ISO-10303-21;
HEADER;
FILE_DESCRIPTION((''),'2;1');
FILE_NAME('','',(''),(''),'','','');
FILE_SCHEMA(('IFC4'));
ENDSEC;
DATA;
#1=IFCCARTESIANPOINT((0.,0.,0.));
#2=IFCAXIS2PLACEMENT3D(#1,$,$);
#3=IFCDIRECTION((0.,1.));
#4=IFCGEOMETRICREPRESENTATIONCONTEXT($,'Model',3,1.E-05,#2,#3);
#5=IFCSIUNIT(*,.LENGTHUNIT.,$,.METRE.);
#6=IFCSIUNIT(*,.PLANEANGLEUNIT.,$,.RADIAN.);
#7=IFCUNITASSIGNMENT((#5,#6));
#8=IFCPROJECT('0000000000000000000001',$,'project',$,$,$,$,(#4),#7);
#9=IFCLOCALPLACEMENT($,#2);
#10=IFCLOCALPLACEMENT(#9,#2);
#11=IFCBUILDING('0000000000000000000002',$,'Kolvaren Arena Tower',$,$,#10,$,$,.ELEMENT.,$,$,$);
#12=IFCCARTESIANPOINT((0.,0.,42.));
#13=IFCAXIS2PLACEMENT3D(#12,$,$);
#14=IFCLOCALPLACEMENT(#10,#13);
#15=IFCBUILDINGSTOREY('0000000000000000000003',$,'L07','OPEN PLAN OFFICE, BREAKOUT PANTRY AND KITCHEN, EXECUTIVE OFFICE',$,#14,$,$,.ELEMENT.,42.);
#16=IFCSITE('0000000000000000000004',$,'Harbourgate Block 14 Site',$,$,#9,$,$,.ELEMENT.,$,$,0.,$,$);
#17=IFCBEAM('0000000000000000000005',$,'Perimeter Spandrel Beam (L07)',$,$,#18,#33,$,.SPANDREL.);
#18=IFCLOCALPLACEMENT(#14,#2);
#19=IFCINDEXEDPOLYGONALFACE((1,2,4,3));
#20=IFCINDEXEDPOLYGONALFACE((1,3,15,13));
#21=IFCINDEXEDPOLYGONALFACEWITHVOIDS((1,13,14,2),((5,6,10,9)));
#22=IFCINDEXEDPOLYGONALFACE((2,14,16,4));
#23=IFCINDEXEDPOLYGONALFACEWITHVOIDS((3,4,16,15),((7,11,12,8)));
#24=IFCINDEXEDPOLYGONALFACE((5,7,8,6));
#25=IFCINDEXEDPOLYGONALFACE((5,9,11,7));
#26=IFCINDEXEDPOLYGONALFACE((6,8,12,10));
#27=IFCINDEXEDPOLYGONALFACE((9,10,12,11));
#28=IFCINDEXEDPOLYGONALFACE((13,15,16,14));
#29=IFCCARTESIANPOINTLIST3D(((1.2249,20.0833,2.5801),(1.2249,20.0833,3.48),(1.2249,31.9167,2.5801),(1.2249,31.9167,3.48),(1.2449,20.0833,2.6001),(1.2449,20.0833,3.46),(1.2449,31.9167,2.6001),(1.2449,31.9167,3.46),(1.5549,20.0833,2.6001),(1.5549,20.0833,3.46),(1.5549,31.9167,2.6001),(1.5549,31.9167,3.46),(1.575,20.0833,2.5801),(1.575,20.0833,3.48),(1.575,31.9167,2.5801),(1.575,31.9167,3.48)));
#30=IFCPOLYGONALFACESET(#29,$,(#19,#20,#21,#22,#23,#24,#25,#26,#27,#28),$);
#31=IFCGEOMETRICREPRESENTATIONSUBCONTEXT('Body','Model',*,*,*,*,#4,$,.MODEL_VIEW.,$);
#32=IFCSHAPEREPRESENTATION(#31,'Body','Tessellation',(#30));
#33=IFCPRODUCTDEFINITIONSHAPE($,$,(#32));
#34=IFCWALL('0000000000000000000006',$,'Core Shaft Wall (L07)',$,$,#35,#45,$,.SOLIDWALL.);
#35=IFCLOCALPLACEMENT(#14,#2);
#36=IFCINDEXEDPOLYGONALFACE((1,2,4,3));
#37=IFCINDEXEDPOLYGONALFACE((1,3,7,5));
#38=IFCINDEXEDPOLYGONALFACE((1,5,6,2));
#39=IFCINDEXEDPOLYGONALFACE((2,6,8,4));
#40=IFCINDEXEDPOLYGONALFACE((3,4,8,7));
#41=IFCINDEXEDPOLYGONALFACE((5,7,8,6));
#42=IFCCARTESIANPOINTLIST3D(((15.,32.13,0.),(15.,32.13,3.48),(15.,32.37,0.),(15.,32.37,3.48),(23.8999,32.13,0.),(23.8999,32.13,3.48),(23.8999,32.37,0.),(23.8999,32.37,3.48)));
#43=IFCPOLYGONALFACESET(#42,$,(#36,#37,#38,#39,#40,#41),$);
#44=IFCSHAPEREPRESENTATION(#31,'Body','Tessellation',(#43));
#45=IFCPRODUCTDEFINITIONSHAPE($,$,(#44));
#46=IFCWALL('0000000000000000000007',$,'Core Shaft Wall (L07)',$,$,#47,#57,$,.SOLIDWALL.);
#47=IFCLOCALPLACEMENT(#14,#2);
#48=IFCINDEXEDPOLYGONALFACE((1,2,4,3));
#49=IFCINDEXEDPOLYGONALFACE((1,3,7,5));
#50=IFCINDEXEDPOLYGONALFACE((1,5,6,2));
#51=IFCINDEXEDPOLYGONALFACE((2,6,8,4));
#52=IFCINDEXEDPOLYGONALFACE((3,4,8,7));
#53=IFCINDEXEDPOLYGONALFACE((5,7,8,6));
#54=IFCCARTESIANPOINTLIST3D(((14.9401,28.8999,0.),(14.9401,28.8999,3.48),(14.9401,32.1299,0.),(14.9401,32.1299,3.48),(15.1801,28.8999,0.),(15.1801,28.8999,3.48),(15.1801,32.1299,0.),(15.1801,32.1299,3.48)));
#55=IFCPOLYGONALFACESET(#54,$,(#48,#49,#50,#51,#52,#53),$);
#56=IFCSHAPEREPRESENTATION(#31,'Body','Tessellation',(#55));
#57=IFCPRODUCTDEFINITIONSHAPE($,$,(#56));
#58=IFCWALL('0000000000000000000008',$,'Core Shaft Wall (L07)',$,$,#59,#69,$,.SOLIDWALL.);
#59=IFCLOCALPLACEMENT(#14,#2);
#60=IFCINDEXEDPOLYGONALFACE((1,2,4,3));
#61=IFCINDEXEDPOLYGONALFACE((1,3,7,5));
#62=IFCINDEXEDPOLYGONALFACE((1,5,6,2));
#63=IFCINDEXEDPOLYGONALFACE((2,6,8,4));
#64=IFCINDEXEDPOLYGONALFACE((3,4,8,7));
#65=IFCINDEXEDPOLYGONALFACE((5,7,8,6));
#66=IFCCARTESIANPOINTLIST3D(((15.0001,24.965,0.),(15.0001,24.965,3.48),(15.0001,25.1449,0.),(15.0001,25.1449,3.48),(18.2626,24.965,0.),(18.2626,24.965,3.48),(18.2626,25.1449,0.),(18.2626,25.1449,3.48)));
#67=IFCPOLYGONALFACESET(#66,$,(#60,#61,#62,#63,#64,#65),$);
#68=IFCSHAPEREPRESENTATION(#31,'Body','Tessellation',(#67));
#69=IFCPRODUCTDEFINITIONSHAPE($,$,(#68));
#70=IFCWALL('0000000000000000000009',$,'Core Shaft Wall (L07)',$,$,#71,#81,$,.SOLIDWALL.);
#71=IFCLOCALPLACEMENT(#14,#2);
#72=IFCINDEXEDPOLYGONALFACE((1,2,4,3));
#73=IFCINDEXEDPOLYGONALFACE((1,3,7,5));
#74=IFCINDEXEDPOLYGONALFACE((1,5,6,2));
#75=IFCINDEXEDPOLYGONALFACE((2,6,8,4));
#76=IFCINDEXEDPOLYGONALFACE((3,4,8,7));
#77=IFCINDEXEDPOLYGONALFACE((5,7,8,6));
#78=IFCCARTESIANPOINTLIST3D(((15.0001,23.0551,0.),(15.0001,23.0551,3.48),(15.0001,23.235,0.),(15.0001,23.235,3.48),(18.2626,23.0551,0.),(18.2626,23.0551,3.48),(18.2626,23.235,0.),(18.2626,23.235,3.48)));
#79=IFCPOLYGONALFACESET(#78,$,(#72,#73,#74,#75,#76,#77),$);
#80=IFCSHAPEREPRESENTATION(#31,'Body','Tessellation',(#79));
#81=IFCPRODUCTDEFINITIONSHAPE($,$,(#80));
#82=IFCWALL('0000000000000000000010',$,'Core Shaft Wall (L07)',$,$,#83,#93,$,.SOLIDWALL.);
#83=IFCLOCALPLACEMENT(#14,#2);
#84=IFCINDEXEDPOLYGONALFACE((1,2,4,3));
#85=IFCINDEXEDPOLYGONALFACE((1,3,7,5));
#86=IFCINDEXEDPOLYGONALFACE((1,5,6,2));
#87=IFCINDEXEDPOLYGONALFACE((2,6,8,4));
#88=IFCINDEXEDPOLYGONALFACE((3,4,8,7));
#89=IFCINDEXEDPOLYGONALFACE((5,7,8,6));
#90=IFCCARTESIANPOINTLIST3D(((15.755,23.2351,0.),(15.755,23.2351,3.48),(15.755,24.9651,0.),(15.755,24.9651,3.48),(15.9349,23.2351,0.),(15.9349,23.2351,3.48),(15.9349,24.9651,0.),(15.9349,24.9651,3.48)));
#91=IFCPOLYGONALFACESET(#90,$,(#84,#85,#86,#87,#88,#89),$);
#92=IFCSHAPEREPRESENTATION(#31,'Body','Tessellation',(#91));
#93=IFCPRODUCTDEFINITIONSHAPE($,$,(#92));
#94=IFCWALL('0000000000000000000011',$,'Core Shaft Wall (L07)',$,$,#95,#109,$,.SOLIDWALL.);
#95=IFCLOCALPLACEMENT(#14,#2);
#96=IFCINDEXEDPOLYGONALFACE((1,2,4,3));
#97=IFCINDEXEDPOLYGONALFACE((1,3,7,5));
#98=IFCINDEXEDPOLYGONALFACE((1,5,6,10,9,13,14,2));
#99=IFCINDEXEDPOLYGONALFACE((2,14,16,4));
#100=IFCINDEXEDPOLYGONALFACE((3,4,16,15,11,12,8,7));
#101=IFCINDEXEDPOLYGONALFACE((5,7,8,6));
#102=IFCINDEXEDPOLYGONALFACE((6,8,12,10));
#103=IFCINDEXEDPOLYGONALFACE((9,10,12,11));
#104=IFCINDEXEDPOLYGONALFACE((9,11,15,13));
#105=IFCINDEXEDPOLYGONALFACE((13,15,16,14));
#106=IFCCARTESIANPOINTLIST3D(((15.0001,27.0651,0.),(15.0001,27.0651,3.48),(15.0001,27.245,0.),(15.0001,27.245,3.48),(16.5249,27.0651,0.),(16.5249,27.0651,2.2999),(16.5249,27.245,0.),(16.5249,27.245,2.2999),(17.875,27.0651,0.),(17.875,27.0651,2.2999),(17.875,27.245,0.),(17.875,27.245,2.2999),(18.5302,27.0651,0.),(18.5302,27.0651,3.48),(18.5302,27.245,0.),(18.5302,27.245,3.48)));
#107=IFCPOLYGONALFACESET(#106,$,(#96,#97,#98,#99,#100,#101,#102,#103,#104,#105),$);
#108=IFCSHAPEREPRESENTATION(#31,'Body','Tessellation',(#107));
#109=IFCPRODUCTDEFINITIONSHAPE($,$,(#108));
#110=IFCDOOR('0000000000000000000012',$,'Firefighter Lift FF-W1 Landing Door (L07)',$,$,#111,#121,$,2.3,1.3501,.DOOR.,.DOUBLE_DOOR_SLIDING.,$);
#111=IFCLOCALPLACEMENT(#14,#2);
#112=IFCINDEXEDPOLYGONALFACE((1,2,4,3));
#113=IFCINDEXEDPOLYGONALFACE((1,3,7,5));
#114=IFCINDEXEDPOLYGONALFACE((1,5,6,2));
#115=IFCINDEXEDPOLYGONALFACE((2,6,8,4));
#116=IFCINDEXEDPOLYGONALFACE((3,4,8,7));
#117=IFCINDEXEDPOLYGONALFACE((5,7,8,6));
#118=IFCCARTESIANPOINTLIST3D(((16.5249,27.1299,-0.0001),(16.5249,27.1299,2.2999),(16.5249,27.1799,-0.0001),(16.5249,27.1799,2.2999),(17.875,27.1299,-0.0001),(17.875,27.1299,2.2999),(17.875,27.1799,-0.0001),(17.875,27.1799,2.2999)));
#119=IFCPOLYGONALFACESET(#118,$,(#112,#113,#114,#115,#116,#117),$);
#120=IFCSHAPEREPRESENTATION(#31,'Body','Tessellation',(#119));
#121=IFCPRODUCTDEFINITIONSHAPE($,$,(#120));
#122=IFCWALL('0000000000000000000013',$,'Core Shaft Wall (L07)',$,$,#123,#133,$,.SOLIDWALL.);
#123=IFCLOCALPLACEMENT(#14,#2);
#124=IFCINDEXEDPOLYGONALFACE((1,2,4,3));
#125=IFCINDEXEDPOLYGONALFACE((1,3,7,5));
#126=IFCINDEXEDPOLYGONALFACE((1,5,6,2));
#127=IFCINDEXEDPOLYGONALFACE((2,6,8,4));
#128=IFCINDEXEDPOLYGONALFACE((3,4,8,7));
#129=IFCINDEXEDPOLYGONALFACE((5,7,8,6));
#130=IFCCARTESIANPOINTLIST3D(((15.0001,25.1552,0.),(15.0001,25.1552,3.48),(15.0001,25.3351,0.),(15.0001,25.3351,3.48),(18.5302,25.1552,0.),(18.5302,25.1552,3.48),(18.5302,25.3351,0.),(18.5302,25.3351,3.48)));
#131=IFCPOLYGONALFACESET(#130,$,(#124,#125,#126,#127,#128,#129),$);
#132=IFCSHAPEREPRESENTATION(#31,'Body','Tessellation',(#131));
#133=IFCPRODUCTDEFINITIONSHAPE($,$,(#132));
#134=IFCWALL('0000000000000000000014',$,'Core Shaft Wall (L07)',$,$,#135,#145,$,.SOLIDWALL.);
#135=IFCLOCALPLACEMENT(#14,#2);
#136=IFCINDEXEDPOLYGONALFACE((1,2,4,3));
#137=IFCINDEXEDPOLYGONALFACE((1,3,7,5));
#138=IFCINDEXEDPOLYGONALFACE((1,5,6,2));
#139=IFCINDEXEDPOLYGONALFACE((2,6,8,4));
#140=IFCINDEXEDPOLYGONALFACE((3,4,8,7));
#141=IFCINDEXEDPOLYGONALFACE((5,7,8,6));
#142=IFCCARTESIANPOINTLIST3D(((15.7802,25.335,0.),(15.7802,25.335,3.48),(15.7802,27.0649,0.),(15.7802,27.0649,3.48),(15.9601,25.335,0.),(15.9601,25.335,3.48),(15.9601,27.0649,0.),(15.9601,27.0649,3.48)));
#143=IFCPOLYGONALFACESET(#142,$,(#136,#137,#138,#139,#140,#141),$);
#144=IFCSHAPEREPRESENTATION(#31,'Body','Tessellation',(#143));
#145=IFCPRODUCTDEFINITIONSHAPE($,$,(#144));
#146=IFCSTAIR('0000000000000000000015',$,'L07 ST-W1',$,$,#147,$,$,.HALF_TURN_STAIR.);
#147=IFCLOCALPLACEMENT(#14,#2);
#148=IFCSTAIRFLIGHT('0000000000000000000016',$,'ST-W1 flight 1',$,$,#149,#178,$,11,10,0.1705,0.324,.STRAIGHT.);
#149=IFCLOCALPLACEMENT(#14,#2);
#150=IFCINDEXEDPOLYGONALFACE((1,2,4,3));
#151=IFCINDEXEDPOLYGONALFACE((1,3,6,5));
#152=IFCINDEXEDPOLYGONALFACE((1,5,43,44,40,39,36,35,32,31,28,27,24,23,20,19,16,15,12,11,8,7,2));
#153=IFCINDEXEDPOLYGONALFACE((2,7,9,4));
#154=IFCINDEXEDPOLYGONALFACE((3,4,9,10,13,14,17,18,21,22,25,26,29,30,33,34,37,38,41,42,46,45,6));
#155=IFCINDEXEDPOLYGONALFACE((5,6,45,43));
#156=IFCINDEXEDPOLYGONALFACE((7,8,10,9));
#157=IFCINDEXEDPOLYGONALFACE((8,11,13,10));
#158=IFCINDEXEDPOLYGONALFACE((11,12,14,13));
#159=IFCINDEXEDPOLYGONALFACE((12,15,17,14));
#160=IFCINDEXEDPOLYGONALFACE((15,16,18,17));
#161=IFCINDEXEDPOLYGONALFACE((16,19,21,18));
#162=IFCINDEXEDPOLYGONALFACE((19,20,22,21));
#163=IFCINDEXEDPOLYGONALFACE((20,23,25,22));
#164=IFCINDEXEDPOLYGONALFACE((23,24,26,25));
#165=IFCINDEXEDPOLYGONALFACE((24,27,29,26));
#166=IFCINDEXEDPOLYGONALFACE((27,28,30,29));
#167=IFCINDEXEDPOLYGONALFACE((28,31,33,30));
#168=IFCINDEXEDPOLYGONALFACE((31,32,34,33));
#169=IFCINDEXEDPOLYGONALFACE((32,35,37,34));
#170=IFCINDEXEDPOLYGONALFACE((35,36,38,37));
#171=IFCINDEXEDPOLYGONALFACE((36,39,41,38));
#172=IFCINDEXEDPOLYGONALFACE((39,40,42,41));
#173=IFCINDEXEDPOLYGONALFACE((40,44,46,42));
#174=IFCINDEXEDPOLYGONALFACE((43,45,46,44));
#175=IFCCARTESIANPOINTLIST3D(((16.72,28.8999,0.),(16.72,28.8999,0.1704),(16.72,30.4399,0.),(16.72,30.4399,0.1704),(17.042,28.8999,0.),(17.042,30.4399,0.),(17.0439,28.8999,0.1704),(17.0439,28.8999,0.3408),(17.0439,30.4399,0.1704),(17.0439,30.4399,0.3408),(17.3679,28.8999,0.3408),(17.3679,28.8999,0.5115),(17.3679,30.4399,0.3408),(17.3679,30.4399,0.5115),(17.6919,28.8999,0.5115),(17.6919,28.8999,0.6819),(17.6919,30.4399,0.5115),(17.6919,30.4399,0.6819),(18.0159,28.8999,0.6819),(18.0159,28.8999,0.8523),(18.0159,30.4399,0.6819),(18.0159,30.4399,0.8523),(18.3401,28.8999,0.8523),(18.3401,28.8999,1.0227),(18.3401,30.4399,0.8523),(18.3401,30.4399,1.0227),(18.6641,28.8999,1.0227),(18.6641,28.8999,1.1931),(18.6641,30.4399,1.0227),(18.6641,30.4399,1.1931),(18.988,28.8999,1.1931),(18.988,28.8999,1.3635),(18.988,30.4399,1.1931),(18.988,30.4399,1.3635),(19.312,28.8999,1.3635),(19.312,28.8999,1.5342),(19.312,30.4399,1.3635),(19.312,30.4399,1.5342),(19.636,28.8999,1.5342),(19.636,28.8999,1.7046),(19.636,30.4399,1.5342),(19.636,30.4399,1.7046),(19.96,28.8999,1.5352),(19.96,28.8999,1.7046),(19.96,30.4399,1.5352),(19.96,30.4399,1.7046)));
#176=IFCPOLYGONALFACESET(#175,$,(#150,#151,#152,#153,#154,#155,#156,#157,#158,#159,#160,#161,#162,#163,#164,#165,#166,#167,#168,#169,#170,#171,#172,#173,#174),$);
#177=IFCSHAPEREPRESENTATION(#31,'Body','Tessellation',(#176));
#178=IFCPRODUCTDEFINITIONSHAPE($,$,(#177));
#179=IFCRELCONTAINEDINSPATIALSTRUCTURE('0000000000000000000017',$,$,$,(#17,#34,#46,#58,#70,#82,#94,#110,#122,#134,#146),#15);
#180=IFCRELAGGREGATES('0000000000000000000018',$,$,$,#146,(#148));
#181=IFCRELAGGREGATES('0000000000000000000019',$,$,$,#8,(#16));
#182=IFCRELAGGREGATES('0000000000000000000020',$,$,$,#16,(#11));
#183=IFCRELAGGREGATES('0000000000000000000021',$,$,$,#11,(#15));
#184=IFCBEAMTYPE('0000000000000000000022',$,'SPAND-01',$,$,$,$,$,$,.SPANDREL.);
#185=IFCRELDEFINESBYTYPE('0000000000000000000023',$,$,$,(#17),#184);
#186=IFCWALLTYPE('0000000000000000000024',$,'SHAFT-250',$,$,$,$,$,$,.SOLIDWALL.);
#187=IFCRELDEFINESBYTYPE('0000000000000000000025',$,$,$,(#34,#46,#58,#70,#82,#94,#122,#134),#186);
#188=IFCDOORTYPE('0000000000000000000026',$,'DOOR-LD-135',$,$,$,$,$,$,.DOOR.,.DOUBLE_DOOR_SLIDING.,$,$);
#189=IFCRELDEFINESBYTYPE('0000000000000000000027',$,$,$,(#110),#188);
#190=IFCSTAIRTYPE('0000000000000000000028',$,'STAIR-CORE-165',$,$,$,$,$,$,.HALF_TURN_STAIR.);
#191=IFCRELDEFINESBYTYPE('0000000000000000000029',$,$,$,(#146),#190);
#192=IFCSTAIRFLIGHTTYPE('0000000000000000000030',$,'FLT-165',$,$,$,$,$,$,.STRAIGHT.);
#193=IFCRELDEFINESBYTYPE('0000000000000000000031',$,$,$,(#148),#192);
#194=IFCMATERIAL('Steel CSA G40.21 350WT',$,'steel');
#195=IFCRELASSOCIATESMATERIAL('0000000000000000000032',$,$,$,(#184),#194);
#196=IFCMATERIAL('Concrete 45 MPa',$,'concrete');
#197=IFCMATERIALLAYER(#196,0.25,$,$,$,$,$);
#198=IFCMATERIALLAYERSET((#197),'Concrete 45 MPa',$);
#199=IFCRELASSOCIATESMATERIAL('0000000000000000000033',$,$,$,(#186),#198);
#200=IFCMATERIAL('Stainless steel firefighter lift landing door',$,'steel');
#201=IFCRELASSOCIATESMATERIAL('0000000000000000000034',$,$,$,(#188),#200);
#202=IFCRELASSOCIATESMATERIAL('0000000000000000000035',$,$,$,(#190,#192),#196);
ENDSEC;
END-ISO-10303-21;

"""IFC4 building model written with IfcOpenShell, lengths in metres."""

from ifc_helpers import new_model, si_unit, direction, frame, frame_2d, origin, origin_2d, place, context, subcontext, project, spatial, polyline, rectangle, hollow_rectangle, outline, extrude, material, layer, layer_set, material_profile, profile_set, type_object, element, fill, aggregate, save


model = new_model("IFC4")

# Units and contexts
model_context = context("Model", 3, precision=1e-05, world=origin(), true_north=direction((0.0, 1.0)))
body_context = subcontext(model_context, "Body", "Model", "MODEL_VIEW")
ifc_project = project(units=[si_unit("LENGTHUNIT", "METRE"), si_unit("PLANEANGLEUNIT", "RADIAN")], contexts=[model_context])

# Site, building, storey
site_placement = place(None, origin())
site = spatial("IfcSite", under=ifc_project, at=site_placement, Name="Harbourgate Block 14 Site", CompositionType="ELEMENT", RefElevation=0.0)
building_placement = place(site_placement, origin())
building = spatial("IfcBuilding", under=site, at=building_placement, Name="Kolvaren Arena Tower", CompositionType="ELEMENT")
storey_placement = place(building_placement, frame((0.0, 0.0, 42.0)))
storey = spatial("IfcBuildingStorey", under=building, at=storey_placement, Name="L07", Description="OPEN PLAN OFFICE, BREAKOUT PANTRY AND KITCHEN, EXECUTIVE OFFICE", CompositionType="ELEMENT", Elevation=42.0)

# Beam
ifc_material_1 = material(Name="Steel CSA G40.21 350WT", Category="steel")
ifc_material_profile_1 = material_profile(ifc_material_1, hollow_rectangle(XDim=0.3501, YDim=0.8999, WallThickness=0.02, at=origin_2d()), Name="HSS 900x350x20")
ifc_profile_set_1 = profile_set([ifc_material_profile_1], Name="Steel CSA G40.21 350WT")
beam_type_1 = type_object("IfcBeamType", Name="SPAND-01", PredefinedType="SPANDREL", material=ifc_profile_set_1)
beam_1_placement = place(storey_placement, frame((1.3999, 31.9167, 3.03), z_axis=(0.0, -1.0, 0.0), x_axis=(1.0, 0.0, 0.0)))
element("IfcBeam", 1, at=beam_1_placement, inside=storey, type_object=beam_type_1, Name="Perimeter Spandrel Beam (L07)", PredefinedType="SPANDREL", context=body_context, shape_type="SweptSolid", body=[
    extrude(hollow_rectangle(XDim=0.3501, YDim=0.8999, WallThickness=0.02, at=origin_2d()), origin(), (0.0, 0.0, 1.0), 11.8335),
])

# Walls
ifc_material_2 = material(Name="Concrete 45 MPa", Category="concrete")
ifc_layer = layer(ifc_material_2, 0.25)
ifc_layer_set = layer_set([ifc_layer], Name="Concrete 45 MPa")
wall_type = type_object("IfcWallType", Name="SHAFT-250", PredefinedType="SOLIDWALL", material=ifc_layer_set)
wall_1_placement = place(storey_placement, frame((15.0, 32.25, 0.0), z_axis=(0.0, 0.0, 1.0), x_axis=(1.0, 0.0, 0.0)))
element("IfcWall", 2, at=wall_1_placement, inside=storey, type_object=wall_type, Name="Core Shaft Wall (L07)", PredefinedType="SOLIDWALL", context=body_context, shape_type="SweptSolid", body=[
    extrude(rectangle(XDim=8.8999, YDim=0.24, at=frame_2d((4.45, 0.0))), origin(), (0.0, 0.0, 1.0), 3.48),
])
wall_2_placement = place(storey_placement, frame((15.0601, 28.8999, 0.0), z_axis=(0.0, 0.0, 1.0), x_axis=(0.0, 1.0, 0.0)))
element("IfcWall", 3, at=wall_2_placement, inside=storey, type_object=wall_type, Name="Core Shaft Wall (L07)", PredefinedType="SOLIDWALL", context=body_context, shape_type="SweptSolid", body=[
    extrude(rectangle(XDim=3.23, YDim=0.24, at=frame_2d((1.615, 0.0))), origin(), (0.0, 0.0, 1.0), 3.48),
])
for number, where, z_axis, x_axis, name in (
    (4, (15.0, 25.0549, 0.0), (0.0, 0.0, 1.0), (1.0, 0.0, 0.0), "Core Shaft Wall (L07)"),
    (5, (15.0, 23.145, 0.0), (0.0, 0.0, 1.0), (1.0, 0.0, 0.0), "Core Shaft Wall (L07)"),
):
    element("IfcWall", number, at=place(storey_placement, frame(where, z_axis=z_axis, x_axis=x_axis)), inside=storey, type_object=wall_type, Name=name, PredefinedType="SOLIDWALL", context=body_context, shape_type="SweptSolid", body=[
        extrude(rectangle(XDim=3.2625, YDim=0.1799, at=frame_2d((1.6313, 0.0))), origin(), (0.0, 0.0, 1.0), 3.48),
    ])
wall_3_placement = place(storey_placement, frame((15.845, 23.2351, 0.0), z_axis=(0.0, 0.0, 1.0), x_axis=(0.0, 1.0, 0.0)))
element("IfcWall", 6, at=wall_3_placement, inside=storey, type_object=wall_type, Name="Core Shaft Wall (L07)", PredefinedType="SOLIDWALL", context=body_context, shape_type="SweptSolid", body=[
    extrude(rectangle(XDim=1.73, YDim=0.1799, at=frame_2d((0.865, 0.0))), origin(), (0.0, 0.0, 1.0), 3.48),
])

# Wall, opening, door
wall_4_placement = place(storey_placement, frame((15.0, 27.155, 0.0), z_axis=(0.0, 0.0, 1.0), x_axis=(1.0, 0.0, 0.0)))
wall_4 = element("IfcWall", 7, at=wall_4_placement, inside=storey, type_object=wall_type, Name="Core Shaft Wall (L07)", PredefinedType="SOLIDWALL", context=body_context, shape_type="SweptSolid", body=[
    extrude(rectangle(XDim=3.53, YDim=0.1799, at=frame_2d((1.7651, 0.0))), origin(), (0.0, 0.0, 1.0), 3.48),
])
opening_placement = place(wall_4_placement, frame((1.5249, 0.0, 0.0)))
opening = element("IfcOpeningElement", 8, at=opening_placement, cuts=wall_4, PredefinedType="OPENING", context=body_context, shape_type="SweptSolid", body=[
    extrude(rectangle(XDim=1.3501, YDim=2.3, at=frame_2d((0.675, 1.1499))), frame((0.0, 0.0999, 0.0), z_axis=(0.0, -1.0, 0.0), x_axis=(1.0, 0.0, 0.0)), (0.0, 0.0, 1.0), 0.2),
])
ifc_material_3 = material(Name="Stainless steel firefighter lift landing door", Category="steel")
door_type = type_object("IfcDoorType", Name="DOOR-LD-135", OperationType="DOUBLE_DOOR_SLIDING", PredefinedType="DOOR", material=ifc_material_3)
door_placement = place(opening_placement, origin())
door = element("IfcDoor", 9, at=door_placement, inside=storey, type_object=door_type, Name="Firefighter Lift FF-W1 Landing Door (L07)", OperationType="DOUBLE_DOOR_SLIDING", OverallHeight=2.3, OverallWidth=1.3501, PredefinedType="DOOR", context=body_context, shape_type="SweptSolid", body=[
    extrude(rectangle(XDim=1.3501, YDim=2.3, at=frame_2d((0.675, 1.1499))), frame((0.0, 0.0249, 0.0), z_axis=(0.0, -1.0, 0.0), x_axis=(1.0, 0.0, 0.0)), (0.0, 0.0, 1.0), 0.05),
])
fill(opening, door)

# Walls
wall_5_placement = place(storey_placement, frame((15.0, 25.2451, 0.0), z_axis=(0.0, 0.0, 1.0), x_axis=(1.0, 0.0, 0.0)))
element("IfcWall", 10, at=wall_5_placement, inside=storey, type_object=wall_type, Name="Core Shaft Wall (L07)", PredefinedType="SOLIDWALL", context=body_context, shape_type="SweptSolid", body=[
    extrude(rectangle(XDim=3.53, YDim=0.1799, at=frame_2d((1.7651, 0.0))), origin(), (0.0, 0.0, 1.0), 3.48),
])
wall_6_placement = place(storey_placement, frame((15.8701, 25.335, 0.0), z_axis=(0.0, 0.0, 1.0), x_axis=(0.0, 1.0, 0.0)))
element("IfcWall", 11, at=wall_6_placement, inside=storey, type_object=wall_type, Name="Core Shaft Wall (L07)", PredefinedType="SOLIDWALL", context=body_context, shape_type="SweptSolid", body=[
    extrude(rectangle(XDim=1.73, YDim=0.1799, at=frame_2d((0.865, 0.0))), origin(), (0.0, 0.0, 1.0), 3.48),
])

# Stair, stair flight
stair_type = type_object("IfcStairType", Name="STAIR-CORE-165", PredefinedType="HALF_TURN_STAIR", material=ifc_material_2)
stair_placement = place(storey_placement, origin())
stair = element("IfcStair", 12, at=stair_placement, inside=storey, type_object=stair_type, Name="L07 ST-W1", PredefinedType="HALF_TURN_STAIR")
stair_flight_type = type_object("IfcStairFlightType", Name="FLT-165", PredefinedType="STRAIGHT", material=ifc_material_2)
stair_flight_placement = place(storey_placement, frame((16.72, 29.6699, 0.0), z_axis=(0.0, 0.0, 1.0), x_axis=(1.0, 0.0, 0.0)))
stair_flight = element("IfcStairFlight", 13, at=stair_flight_placement, type_object=stair_flight_type, Name="ST-W1 flight 1", NumberOfRisers=11, NumberOfTreads=10, PredefinedType="STRAIGHT", RiserHeight=0.1705, TreadLength=0.324, context=body_context, shape_type="SweptSolid", body=[
    extrude(outline(polyline([(0.0, 0.0), (0.0, 0.1704), (0.324, 0.1704), (0.324, 0.3408), (0.6479, 0.3408), (0.6479, 0.5115), (0.9719, 0.5115), (0.9719, 0.6819), (1.2959, 0.6819), (1.2959, 0.8523), (1.6201, 0.8523), (1.6201, 1.0227), (1.9441, 1.0227), (1.9441, 1.1931), (2.2681, 1.1931), (2.2681, 1.3635), (2.592, 1.3635), (2.592, 1.5342), (2.916, 1.5342), (2.916, 1.7046), (3.24, 1.7046), (3.24, 1.875), (3.24, 1.5352), (0.322, 0.0), (0.0, 0.0)])), frame((0.0, 0.77, 0.0), z_axis=(0.0, -1.0, 0.0), x_axis=(1.0, 0.0, 0.0)), (0.0, 0.0, 1.0), 1.54),
])
aggregate(stair, [stair_flight])

save(model, "model.ifc")
